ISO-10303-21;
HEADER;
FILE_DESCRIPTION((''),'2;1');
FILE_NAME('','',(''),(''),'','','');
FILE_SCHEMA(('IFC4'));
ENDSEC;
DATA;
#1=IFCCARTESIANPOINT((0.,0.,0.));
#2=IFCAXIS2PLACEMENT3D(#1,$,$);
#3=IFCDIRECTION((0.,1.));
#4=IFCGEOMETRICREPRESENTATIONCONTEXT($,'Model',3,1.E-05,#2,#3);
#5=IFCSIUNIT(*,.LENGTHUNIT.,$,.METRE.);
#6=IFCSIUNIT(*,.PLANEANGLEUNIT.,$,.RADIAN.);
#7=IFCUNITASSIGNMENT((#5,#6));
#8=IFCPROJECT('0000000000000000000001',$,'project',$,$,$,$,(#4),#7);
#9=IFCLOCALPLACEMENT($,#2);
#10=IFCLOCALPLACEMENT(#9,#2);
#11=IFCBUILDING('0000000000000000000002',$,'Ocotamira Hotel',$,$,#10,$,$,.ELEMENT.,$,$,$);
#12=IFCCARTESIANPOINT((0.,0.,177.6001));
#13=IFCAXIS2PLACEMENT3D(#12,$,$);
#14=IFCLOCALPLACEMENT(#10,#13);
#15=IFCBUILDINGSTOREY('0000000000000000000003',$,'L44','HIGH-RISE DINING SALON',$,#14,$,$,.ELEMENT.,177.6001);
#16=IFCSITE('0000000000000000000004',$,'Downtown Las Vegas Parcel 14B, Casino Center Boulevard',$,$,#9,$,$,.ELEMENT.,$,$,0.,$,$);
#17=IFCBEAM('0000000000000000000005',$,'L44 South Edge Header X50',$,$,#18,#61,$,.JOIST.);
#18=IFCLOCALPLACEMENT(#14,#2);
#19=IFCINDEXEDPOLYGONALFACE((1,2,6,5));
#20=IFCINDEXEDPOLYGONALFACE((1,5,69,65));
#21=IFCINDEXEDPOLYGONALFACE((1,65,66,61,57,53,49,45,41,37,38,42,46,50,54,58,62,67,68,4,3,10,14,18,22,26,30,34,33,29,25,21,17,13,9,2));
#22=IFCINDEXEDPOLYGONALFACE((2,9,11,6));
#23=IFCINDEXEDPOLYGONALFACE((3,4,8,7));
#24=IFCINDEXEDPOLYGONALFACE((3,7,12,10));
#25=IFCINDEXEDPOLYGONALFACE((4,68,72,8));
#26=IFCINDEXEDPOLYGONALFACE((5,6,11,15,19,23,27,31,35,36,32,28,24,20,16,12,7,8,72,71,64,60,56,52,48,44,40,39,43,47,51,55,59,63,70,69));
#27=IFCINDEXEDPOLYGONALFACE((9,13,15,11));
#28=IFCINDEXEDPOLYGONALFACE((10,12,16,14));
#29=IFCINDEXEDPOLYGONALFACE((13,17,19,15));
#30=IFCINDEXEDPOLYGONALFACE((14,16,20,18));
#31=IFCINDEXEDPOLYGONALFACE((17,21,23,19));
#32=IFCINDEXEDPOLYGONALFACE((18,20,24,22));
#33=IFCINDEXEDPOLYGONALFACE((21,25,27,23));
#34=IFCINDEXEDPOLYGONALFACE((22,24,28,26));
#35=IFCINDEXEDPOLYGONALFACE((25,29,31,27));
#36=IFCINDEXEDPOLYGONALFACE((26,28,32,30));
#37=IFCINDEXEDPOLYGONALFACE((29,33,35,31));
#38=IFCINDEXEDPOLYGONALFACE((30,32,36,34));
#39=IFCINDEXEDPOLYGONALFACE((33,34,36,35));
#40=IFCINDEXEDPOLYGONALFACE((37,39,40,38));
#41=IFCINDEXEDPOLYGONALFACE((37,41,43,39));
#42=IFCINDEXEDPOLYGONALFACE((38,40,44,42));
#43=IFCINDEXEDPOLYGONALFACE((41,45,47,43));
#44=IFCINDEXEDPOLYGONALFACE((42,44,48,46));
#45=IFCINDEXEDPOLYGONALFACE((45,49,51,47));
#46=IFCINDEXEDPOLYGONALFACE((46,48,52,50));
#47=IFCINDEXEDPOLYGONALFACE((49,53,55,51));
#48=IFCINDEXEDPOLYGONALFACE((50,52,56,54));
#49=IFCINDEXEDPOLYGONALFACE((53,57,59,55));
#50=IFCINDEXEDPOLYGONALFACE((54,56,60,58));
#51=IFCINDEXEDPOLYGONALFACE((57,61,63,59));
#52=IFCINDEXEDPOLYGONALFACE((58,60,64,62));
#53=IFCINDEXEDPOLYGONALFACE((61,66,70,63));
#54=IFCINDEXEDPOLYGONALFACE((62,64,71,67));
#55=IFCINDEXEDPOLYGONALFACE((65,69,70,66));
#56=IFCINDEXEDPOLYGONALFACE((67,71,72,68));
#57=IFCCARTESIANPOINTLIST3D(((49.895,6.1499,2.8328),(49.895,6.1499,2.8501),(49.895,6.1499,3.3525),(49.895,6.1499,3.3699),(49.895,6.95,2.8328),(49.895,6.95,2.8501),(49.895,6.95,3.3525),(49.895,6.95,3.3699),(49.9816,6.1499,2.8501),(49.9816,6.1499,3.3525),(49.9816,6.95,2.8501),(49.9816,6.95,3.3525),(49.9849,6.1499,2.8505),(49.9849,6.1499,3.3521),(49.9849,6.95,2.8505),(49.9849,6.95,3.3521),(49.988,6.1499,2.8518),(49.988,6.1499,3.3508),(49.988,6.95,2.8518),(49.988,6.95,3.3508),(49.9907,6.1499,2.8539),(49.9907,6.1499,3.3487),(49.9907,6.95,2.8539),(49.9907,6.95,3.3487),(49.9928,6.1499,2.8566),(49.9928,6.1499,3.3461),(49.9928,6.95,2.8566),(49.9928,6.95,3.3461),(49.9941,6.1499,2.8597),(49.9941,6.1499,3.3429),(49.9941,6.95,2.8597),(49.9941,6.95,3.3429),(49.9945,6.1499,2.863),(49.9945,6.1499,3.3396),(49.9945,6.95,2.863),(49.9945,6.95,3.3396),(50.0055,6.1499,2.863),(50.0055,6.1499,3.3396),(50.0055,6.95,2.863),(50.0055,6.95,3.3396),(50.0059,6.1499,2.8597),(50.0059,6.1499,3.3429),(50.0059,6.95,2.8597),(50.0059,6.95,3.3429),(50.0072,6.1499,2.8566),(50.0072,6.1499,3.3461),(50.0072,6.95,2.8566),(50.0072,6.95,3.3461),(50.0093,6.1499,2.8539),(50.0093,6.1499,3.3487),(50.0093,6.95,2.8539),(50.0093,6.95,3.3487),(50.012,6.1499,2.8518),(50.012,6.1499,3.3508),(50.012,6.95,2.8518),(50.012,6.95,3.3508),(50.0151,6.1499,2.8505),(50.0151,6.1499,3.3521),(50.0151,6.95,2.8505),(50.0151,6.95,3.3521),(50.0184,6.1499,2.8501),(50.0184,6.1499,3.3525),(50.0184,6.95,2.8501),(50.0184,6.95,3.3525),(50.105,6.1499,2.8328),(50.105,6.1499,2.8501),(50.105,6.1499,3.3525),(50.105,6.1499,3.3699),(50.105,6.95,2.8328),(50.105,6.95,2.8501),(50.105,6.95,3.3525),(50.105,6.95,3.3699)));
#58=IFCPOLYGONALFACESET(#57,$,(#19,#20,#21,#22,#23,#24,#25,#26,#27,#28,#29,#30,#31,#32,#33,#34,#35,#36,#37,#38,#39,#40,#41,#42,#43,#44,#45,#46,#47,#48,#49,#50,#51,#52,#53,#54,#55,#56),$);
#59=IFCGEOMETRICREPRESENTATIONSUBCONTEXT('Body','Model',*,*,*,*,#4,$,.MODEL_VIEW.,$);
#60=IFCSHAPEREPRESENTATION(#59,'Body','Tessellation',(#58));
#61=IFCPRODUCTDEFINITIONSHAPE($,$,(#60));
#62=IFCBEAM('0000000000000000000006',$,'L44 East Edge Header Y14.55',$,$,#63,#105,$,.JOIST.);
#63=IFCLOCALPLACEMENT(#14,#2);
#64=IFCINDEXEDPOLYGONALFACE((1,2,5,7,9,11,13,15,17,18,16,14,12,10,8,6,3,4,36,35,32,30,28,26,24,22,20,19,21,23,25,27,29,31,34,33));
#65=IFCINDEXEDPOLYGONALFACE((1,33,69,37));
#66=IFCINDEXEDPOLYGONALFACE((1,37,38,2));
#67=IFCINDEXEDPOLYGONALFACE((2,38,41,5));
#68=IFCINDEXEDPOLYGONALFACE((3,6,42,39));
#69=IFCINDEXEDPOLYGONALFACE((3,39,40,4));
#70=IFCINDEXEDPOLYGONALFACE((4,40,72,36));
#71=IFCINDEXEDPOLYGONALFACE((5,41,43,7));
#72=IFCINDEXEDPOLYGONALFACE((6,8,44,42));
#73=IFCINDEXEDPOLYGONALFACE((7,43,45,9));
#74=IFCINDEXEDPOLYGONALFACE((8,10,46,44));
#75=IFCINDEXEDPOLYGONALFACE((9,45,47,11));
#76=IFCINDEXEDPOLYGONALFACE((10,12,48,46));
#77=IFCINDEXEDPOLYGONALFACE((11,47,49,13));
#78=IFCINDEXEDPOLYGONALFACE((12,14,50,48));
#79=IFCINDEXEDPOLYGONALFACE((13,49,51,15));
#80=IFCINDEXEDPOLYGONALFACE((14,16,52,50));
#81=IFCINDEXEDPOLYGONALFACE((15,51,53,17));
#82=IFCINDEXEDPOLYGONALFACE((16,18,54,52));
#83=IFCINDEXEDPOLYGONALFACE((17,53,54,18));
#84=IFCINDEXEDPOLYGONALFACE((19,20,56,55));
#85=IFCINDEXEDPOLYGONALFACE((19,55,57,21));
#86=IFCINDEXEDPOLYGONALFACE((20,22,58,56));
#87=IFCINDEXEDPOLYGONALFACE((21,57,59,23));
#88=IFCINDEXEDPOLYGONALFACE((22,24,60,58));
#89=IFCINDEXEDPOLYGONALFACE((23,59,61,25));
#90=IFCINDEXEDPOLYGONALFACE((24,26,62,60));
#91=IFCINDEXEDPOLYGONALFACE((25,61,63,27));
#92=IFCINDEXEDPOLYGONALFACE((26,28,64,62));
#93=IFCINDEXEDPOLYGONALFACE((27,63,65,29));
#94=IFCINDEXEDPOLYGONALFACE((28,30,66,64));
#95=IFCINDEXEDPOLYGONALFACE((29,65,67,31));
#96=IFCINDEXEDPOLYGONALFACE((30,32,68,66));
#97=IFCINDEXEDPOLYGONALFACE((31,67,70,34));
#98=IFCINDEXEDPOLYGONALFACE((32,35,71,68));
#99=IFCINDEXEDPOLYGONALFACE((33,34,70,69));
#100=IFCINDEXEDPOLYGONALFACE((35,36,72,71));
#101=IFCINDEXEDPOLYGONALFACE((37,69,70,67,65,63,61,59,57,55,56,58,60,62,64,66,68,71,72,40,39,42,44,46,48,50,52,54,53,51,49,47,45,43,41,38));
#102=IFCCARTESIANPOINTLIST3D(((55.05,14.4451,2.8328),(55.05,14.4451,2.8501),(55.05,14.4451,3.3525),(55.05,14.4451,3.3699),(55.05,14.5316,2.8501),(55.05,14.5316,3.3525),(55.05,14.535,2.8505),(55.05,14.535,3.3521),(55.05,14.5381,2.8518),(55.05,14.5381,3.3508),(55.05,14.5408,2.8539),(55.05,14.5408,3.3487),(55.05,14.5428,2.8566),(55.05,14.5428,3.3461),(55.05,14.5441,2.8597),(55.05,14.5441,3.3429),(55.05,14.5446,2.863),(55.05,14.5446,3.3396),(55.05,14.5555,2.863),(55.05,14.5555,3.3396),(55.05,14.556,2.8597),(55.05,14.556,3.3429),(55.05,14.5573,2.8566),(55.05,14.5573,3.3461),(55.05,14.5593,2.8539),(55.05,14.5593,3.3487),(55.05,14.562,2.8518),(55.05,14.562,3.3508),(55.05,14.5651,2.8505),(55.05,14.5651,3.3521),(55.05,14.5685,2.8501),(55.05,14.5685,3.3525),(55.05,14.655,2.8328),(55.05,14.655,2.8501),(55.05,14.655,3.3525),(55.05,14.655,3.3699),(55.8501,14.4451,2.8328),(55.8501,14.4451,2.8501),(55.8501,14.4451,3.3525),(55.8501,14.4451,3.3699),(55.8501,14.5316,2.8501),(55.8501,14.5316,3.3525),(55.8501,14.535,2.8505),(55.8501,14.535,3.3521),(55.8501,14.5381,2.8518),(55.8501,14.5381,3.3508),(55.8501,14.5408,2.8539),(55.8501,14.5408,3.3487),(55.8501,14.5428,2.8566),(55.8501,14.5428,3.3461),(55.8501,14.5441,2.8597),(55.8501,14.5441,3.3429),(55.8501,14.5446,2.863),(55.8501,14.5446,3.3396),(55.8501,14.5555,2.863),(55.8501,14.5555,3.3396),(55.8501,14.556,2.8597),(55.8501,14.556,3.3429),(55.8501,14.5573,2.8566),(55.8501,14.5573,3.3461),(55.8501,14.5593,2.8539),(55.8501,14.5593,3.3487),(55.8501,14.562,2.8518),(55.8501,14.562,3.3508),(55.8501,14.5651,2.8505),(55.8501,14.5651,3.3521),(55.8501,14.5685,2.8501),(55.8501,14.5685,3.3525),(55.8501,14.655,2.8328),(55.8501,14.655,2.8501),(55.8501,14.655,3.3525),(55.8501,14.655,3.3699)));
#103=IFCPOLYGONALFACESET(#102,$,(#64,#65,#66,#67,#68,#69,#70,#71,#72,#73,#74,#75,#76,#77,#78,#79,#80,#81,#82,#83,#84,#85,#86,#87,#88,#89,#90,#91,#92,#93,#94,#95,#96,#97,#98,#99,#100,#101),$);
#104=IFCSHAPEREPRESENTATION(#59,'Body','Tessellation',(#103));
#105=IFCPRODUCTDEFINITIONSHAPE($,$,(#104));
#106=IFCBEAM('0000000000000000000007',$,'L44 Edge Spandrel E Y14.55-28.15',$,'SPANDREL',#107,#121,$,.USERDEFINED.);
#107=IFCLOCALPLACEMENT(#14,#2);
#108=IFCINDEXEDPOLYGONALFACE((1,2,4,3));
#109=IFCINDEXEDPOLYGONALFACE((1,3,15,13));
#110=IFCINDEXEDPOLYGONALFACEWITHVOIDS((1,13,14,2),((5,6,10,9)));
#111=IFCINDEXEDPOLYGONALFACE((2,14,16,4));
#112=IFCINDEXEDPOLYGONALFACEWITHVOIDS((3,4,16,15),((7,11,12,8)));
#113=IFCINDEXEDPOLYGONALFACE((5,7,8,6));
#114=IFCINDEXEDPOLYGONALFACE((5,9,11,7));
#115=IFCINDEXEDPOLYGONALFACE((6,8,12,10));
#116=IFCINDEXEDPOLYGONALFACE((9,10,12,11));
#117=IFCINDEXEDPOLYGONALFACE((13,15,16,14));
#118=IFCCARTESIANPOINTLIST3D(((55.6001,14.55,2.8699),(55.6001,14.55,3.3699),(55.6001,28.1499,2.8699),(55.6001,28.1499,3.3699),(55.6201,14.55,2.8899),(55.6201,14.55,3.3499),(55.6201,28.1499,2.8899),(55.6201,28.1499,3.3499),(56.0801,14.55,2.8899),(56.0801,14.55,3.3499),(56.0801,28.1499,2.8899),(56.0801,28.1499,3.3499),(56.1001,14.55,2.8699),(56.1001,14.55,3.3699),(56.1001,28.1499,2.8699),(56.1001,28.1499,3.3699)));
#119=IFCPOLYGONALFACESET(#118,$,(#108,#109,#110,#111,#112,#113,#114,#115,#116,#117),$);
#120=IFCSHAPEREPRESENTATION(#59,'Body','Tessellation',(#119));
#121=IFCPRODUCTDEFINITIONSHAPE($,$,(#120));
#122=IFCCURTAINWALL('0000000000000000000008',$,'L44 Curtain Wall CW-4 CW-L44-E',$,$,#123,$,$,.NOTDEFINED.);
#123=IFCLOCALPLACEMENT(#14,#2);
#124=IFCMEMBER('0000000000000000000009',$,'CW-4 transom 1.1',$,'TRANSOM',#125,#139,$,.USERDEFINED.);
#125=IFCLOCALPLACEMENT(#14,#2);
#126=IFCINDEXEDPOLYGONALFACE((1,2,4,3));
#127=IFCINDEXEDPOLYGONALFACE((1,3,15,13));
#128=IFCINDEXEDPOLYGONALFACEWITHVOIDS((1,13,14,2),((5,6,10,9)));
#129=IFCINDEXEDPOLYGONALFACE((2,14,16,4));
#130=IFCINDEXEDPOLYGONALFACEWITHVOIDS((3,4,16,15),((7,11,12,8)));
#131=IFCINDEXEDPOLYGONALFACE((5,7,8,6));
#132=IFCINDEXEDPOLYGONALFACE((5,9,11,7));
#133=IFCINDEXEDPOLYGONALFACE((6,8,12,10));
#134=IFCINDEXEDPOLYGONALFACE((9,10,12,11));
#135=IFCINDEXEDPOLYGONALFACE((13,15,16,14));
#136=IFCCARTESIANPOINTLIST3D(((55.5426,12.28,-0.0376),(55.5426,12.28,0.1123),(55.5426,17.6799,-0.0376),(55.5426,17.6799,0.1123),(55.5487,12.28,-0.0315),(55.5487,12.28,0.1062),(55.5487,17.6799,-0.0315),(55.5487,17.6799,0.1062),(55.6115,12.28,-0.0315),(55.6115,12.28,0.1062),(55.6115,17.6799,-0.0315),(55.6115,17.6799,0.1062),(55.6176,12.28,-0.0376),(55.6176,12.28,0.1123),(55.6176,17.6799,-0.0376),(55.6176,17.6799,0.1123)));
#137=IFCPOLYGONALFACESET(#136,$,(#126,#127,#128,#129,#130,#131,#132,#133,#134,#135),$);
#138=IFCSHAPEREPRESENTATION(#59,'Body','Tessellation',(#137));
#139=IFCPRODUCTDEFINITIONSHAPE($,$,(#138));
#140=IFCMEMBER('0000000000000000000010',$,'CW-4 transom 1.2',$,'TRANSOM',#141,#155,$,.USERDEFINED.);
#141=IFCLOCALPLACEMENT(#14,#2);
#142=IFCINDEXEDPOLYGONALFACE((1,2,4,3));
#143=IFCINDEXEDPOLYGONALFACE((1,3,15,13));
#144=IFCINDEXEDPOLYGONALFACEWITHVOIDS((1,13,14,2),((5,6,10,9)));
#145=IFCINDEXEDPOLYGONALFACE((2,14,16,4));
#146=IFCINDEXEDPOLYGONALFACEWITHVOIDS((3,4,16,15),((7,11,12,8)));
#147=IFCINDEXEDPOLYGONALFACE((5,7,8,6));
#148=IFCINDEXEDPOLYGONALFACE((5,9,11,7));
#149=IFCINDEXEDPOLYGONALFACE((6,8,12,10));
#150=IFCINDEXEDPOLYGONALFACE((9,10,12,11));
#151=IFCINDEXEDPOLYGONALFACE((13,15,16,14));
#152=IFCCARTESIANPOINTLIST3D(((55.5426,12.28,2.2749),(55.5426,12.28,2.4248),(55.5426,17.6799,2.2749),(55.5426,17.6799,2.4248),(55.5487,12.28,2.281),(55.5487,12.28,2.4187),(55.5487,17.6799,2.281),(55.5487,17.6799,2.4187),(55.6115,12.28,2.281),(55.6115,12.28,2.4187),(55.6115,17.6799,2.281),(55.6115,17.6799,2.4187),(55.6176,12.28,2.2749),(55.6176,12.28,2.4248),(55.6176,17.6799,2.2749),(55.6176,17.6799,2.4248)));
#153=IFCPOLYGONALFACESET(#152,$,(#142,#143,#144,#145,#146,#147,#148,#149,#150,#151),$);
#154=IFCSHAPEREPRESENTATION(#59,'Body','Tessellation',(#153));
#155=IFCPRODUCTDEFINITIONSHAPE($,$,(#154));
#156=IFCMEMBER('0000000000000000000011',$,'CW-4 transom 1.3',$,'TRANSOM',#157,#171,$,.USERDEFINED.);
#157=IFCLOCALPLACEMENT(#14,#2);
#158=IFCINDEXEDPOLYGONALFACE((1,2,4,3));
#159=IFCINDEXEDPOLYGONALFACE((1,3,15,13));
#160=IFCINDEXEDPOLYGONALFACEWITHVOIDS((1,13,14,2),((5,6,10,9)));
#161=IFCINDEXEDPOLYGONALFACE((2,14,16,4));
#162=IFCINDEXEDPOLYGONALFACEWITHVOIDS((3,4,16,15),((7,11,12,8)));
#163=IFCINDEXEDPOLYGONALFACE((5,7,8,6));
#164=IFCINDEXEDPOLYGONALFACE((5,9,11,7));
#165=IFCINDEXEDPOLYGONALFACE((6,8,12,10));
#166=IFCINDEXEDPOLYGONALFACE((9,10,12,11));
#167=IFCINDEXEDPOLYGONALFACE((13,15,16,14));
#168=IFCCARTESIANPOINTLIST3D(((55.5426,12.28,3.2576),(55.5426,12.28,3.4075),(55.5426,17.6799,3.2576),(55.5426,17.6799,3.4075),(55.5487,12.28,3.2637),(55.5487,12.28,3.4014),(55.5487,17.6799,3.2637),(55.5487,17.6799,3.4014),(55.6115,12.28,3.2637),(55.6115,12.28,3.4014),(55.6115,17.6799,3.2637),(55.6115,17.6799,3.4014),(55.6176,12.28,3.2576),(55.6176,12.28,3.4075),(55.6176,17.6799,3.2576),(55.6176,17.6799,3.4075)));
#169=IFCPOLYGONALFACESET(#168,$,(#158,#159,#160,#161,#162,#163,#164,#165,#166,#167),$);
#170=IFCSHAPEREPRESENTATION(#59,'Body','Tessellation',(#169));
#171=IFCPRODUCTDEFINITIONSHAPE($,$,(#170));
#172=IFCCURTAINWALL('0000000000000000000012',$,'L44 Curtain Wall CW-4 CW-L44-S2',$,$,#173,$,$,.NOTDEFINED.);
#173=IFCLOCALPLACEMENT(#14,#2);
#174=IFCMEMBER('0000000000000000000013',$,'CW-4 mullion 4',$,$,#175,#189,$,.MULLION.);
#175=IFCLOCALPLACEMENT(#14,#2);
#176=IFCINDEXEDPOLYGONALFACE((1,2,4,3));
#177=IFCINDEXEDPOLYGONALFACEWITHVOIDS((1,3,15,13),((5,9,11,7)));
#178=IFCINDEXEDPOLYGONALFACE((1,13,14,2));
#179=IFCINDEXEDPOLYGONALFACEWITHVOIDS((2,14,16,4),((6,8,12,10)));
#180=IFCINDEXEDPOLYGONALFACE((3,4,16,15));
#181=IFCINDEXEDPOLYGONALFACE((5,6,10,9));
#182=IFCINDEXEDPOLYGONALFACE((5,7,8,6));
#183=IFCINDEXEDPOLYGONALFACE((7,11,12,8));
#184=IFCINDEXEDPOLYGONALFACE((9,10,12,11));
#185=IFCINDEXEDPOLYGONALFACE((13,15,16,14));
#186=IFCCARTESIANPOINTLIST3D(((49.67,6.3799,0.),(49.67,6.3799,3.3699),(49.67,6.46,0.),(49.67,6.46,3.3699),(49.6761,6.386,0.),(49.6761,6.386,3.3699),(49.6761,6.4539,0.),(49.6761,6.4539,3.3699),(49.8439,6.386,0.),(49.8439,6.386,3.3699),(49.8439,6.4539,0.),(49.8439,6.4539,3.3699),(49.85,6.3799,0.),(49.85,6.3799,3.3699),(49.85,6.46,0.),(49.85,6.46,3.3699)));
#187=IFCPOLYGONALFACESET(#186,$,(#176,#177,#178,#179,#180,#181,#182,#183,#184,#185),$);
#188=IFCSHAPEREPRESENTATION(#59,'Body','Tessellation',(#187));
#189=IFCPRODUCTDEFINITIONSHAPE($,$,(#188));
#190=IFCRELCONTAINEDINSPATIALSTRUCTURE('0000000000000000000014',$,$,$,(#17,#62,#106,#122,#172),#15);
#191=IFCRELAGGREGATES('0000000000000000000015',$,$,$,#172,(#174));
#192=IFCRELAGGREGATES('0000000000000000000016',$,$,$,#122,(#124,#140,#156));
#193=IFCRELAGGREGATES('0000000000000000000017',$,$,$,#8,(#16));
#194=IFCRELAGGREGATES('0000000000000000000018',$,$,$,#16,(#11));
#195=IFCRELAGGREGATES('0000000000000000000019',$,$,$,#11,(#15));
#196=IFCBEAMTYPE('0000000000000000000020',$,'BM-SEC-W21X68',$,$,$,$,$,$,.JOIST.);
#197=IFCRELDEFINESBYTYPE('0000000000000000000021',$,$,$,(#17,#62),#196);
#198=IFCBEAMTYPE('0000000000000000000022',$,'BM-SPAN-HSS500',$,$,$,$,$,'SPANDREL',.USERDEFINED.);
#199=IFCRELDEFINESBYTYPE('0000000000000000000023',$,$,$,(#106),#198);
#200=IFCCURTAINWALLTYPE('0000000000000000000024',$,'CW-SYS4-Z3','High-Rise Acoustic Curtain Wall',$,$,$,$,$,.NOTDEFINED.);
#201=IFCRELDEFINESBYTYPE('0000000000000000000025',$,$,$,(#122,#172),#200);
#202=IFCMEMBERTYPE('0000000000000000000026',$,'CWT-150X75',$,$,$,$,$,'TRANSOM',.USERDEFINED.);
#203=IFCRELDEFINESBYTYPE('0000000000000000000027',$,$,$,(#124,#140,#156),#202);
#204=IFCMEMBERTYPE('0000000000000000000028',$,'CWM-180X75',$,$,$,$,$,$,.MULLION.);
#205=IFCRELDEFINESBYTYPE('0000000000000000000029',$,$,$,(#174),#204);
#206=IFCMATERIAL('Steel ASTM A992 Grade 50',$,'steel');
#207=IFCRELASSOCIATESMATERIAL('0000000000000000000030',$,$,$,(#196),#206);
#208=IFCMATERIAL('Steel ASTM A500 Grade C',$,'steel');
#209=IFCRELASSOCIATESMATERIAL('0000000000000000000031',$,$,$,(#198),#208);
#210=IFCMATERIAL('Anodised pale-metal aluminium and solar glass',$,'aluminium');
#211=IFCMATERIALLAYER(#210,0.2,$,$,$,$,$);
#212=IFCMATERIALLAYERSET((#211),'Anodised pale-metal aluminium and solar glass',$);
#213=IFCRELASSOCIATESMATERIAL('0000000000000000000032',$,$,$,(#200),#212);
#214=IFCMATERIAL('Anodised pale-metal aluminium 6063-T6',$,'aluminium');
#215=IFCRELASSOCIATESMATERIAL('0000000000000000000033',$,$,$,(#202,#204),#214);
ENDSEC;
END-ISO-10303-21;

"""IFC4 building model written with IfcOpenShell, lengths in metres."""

from ifc_helpers import new_model, si_unit, direction, frame, origin, origin_2d, place, context, subcontext, project, spatial, hollow_rectangle, i_section, extrude, source, transform, mapped, material, layer, layer_set, material_profile, profile_set, type_object, element, aggregate, save


model = new_model("IFC4")

# Units and contexts
model_context = context("Model", 3, precision=1e-05, world=origin(), true_north=direction((0.0, 1.0)))
body_context = subcontext(model_context, "Body", "Model", "MODEL_VIEW")
ifc_project = project(units=[si_unit("LENGTHUNIT", "METRE"), si_unit("PLANEANGLEUNIT", "RADIAN")], contexts=[model_context])

# Site, building, storey
site_placement = place(None, origin())
site = spatial("IfcSite", under=ifc_project, at=site_placement, Name="Downtown Las Vegas Parcel 14B, Casino Center Boulevard", CompositionType="ELEMENT", RefElevation=0.0)
building_placement = place(site_placement, origin())
building = spatial("IfcBuilding", under=site, at=building_placement, Name="Ocotamira Hotel", CompositionType="ELEMENT")
storey_placement = place(building_placement, frame((0.0, 0.0, 177.6001)))
storey = spatial("IfcBuildingStorey", under=building, at=storey_placement, Name="L44", Description="HIGH-RISE DINING SALON", CompositionType="ELEMENT", Elevation=177.6001)

# Beams
ifc_material_1 = material(Name="Steel ASTM A992 Grade 50", Category="steel")
ifc_material_profile_1 = material_profile(ifc_material_1, i_section(OverallWidth=0.21, OverallDepth=0.5371, WebThickness=0.011, FlangeThickness=0.0173, FilletRadius=0.0129, at=origin_2d()), Name="W21X68")
ifc_profile_set_1 = profile_set([ifc_material_profile_1], Name="Steel ASTM A992 Grade 50")
beam_type_1 = type_object("IfcBeamType", Name="BM-SEC-W21X68", PredefinedType="JOIST", material=ifc_profile_set_1)
shared_shape_1 = source(origin(), body_context, "Body", "SweptSolid", [
    extrude(i_section(OverallWidth=0.21, OverallDepth=0.5371, WebThickness=0.011, FlangeThickness=0.0173, FilletRadius=0.0129, at=origin_2d()), origin(), (0.0, 0.0, 1.0), 0.8),
])
for number, where, z_axis, x_axis, name in (
    (1, (50.0, 6.95, 3.1013), (0.0, -1.0, 0.0), (1.0, 0.0, 0.0), "L44 South Edge Header X50"),
    (2, (55.05, 14.55, 3.1013), (1.0, 0.0, 0.0), (0.0, 1.0, 0.0), "L44 East Edge Header Y14.55"),
):
    element("IfcBeam", number, at=place(storey_placement, frame(where, z_axis=z_axis, x_axis=x_axis)), inside=storey, type_object=beam_type_1, Name=name, PredefinedType="JOIST", context=body_context, shape_type="MappedRepresentation", body=[
        mapped(shared_shape_1, transform((0.0, 0.0, 0.0), scale=1.0)),
    ])
ifc_material_2 = material(Name="Steel ASTM A500 Grade C", Category="steel")
ifc_material_profile_2 = material_profile(ifc_material_2, hollow_rectangle(XDim=0.5, YDim=0.5, WallThickness=0.02, at=origin_2d()), Name="HSS500X500X20")
ifc_profile_set_2 = profile_set([ifc_material_profile_2], Name="Steel ASTM A500 Grade C")
beam_type_2 = type_object("IfcBeamType", Name="BM-SPAN-HSS500", ElementType="SPANDREL", PredefinedType="USERDEFINED", material=ifc_profile_set_2)
shared_shape_2 = source(origin(), body_context, "Body", "SweptSolid", [
    extrude(hollow_rectangle(XDim=0.5, YDim=0.5, WallThickness=0.02, at=origin_2d()), origin(), (0.0, 0.0, 1.0), 13.5999),
])
beam_1_placement = place(storey_placement, frame((55.8501, 14.55, 3.1199), z_axis=(0.0, 1.0, 0.0), x_axis=(-1.0, 0.0, 0.0)))
element("IfcBeam", 3, at=beam_1_placement, inside=storey, type_object=beam_type_2, Name="L44 Edge Spandrel E Y14.55-28.15", ObjectType="SPANDREL", PredefinedType="USERDEFINED", context=body_context, shape_type="MappedRepresentation", body=[
    mapped(shared_shape_2, transform((0.0, 0.0, 0.0), scale=1.0)),
])

# Curtain wall, members
ifc_material_3 = material(Name="Anodised pale-metal aluminium and solar glass", Category="aluminium")
ifc_layer_1 = layer(ifc_material_3, 0.2)
ifc_layer_set_1 = layer_set([ifc_layer_1], Name="Anodised pale-metal aluminium and solar glass")
curtain_wall_type = type_object("IfcCurtainWallType", Name="CW-SYS4-Z3", Description="High-Rise Acoustic Curtain Wall", PredefinedType="NOTDEFINED", material=ifc_layer_set_1)
curtain_wall_1_placement = place(storey_placement, origin())
curtain_wall_1 = element("IfcCurtainWall", 4, at=curtain_wall_1_placement, inside=storey, type_object=curtain_wall_type, Name="L44 Curtain Wall CW-4 CW-L44-E", PredefinedType="NOTDEFINED")
ifc_material_4 = material(Name="Anodised pale-metal aluminium 6063-T6", Category="aluminium")
ifc_material_profile_3 = material_profile(ifc_material_4, hollow_rectangle(XDim=0.075, YDim=0.1499, WallThickness=0.0061, at=origin_2d()), Name="HSS150X75X6")
ifc_profile_set_3 = profile_set([ifc_material_profile_3], Name="Anodised pale-metal aluminium 6063-T6")
member_type_1 = type_object("IfcMemberType", Name="CWT-150X75", ElementType="TRANSOM", PredefinedType="USERDEFINED", material=ifc_profile_set_3)
shared_shape_3 = source(origin(), body_context, "Body", "SweptSolid", [
    extrude(hollow_rectangle(XDim=0.075, YDim=0.1499, WallThickness=0.0061, at=origin_2d()), origin(), (0.0, 0.0, 1.0), 5.3999),
])
member_1_placement = place(storey_placement, frame((55.5801, 12.28, 0.0374), z_axis=(0.0, 1.0, 0.0), x_axis=(-1.0, 0.0, 0.0)))
member_1 = element("IfcMember", 5, at=member_1_placement, type_object=member_type_1, Name="CW-4 transom 1.1", ObjectType="TRANSOM", PredefinedType="USERDEFINED", context=body_context, shape_type="MappedRepresentation", body=[
    mapped(shared_shape_3, transform((0.0, 0.0, 0.0), scale=1.0)),
])
member_2_placement = place(storey_placement, frame((55.5801, 12.28, 2.3499), z_axis=(0.0, 1.0, 0.0), x_axis=(-1.0, 0.0, 0.0)))
member_2 = element("IfcMember", 6, at=member_2_placement, type_object=member_type_1, Name="CW-4 transom 1.2", ObjectType="TRANSOM", PredefinedType="USERDEFINED", context=body_context, shape_type="MappedRepresentation", body=[
    mapped(shared_shape_3, transform((0.0, 0.0, 0.0), scale=1.0)),
])
member_3_placement = place(storey_placement, frame((55.5801, 12.28, 3.3325), z_axis=(0.0, 1.0, 0.0), x_axis=(-1.0, 0.0, 0.0)))
member_3 = element("IfcMember", 7, at=member_3_placement, type_object=member_type_1, Name="CW-4 transom 1.3", ObjectType="TRANSOM", PredefinedType="USERDEFINED", context=body_context, shape_type="MappedRepresentation", body=[
    mapped(shared_shape_3, transform((0.0, 0.0, 0.0), scale=1.0)),
])

# Curtain wall, member
curtain_wall_2_placement = place(storey_placement, origin())
curtain_wall_2 = element("IfcCurtainWall", 8, at=curtain_wall_2_placement, inside=storey, type_object=curtain_wall_type, Name="L44 Curtain Wall CW-4 CW-L44-S2", PredefinedType="NOTDEFINED")
ifc_material_profile_4 = material_profile(ifc_material_4, hollow_rectangle(XDim=0.0801, YDim=0.1799, WallThickness=0.0061, at=origin_2d()), Name="HSS180X80X6")
ifc_profile_set_4 = profile_set([ifc_material_profile_4], Name="Anodised pale-metal aluminium 6063-T6")
member_type_2 = type_object("IfcMemberType", Name="CWM-180X75", PredefinedType="MULLION", material=ifc_profile_set_4)
shared_shape_4 = source(origin(), body_context, "Body", "SweptSolid", [
    extrude(hollow_rectangle(XDim=0.0801, YDim=0.1799, WallThickness=0.0061, at=origin_2d()), origin(), (0.0, 0.0, 1.0), 3.3699),
])
member_4_placement = place(storey_placement, frame((49.76, 6.4199, 0.0), z_axis=(0.0, 0.0, 1.0), x_axis=(0.0, 1.0, 0.0)))
member_4 = element("IfcMember", 9, at=member_4_placement, type_object=member_type_2, Name="CW-4 mullion 4", PredefinedType="MULLION", context=body_context, shape_type="MappedRepresentation", body=[
    mapped(shared_shape_4, transform((0.0, 0.0, 0.0), scale=1.0)),
])

aggregate(curtain_wall_2, [member_4])
aggregate(curtain_wall_1, [member_1, member_2, member_3])

save(model, "model.ifc")
